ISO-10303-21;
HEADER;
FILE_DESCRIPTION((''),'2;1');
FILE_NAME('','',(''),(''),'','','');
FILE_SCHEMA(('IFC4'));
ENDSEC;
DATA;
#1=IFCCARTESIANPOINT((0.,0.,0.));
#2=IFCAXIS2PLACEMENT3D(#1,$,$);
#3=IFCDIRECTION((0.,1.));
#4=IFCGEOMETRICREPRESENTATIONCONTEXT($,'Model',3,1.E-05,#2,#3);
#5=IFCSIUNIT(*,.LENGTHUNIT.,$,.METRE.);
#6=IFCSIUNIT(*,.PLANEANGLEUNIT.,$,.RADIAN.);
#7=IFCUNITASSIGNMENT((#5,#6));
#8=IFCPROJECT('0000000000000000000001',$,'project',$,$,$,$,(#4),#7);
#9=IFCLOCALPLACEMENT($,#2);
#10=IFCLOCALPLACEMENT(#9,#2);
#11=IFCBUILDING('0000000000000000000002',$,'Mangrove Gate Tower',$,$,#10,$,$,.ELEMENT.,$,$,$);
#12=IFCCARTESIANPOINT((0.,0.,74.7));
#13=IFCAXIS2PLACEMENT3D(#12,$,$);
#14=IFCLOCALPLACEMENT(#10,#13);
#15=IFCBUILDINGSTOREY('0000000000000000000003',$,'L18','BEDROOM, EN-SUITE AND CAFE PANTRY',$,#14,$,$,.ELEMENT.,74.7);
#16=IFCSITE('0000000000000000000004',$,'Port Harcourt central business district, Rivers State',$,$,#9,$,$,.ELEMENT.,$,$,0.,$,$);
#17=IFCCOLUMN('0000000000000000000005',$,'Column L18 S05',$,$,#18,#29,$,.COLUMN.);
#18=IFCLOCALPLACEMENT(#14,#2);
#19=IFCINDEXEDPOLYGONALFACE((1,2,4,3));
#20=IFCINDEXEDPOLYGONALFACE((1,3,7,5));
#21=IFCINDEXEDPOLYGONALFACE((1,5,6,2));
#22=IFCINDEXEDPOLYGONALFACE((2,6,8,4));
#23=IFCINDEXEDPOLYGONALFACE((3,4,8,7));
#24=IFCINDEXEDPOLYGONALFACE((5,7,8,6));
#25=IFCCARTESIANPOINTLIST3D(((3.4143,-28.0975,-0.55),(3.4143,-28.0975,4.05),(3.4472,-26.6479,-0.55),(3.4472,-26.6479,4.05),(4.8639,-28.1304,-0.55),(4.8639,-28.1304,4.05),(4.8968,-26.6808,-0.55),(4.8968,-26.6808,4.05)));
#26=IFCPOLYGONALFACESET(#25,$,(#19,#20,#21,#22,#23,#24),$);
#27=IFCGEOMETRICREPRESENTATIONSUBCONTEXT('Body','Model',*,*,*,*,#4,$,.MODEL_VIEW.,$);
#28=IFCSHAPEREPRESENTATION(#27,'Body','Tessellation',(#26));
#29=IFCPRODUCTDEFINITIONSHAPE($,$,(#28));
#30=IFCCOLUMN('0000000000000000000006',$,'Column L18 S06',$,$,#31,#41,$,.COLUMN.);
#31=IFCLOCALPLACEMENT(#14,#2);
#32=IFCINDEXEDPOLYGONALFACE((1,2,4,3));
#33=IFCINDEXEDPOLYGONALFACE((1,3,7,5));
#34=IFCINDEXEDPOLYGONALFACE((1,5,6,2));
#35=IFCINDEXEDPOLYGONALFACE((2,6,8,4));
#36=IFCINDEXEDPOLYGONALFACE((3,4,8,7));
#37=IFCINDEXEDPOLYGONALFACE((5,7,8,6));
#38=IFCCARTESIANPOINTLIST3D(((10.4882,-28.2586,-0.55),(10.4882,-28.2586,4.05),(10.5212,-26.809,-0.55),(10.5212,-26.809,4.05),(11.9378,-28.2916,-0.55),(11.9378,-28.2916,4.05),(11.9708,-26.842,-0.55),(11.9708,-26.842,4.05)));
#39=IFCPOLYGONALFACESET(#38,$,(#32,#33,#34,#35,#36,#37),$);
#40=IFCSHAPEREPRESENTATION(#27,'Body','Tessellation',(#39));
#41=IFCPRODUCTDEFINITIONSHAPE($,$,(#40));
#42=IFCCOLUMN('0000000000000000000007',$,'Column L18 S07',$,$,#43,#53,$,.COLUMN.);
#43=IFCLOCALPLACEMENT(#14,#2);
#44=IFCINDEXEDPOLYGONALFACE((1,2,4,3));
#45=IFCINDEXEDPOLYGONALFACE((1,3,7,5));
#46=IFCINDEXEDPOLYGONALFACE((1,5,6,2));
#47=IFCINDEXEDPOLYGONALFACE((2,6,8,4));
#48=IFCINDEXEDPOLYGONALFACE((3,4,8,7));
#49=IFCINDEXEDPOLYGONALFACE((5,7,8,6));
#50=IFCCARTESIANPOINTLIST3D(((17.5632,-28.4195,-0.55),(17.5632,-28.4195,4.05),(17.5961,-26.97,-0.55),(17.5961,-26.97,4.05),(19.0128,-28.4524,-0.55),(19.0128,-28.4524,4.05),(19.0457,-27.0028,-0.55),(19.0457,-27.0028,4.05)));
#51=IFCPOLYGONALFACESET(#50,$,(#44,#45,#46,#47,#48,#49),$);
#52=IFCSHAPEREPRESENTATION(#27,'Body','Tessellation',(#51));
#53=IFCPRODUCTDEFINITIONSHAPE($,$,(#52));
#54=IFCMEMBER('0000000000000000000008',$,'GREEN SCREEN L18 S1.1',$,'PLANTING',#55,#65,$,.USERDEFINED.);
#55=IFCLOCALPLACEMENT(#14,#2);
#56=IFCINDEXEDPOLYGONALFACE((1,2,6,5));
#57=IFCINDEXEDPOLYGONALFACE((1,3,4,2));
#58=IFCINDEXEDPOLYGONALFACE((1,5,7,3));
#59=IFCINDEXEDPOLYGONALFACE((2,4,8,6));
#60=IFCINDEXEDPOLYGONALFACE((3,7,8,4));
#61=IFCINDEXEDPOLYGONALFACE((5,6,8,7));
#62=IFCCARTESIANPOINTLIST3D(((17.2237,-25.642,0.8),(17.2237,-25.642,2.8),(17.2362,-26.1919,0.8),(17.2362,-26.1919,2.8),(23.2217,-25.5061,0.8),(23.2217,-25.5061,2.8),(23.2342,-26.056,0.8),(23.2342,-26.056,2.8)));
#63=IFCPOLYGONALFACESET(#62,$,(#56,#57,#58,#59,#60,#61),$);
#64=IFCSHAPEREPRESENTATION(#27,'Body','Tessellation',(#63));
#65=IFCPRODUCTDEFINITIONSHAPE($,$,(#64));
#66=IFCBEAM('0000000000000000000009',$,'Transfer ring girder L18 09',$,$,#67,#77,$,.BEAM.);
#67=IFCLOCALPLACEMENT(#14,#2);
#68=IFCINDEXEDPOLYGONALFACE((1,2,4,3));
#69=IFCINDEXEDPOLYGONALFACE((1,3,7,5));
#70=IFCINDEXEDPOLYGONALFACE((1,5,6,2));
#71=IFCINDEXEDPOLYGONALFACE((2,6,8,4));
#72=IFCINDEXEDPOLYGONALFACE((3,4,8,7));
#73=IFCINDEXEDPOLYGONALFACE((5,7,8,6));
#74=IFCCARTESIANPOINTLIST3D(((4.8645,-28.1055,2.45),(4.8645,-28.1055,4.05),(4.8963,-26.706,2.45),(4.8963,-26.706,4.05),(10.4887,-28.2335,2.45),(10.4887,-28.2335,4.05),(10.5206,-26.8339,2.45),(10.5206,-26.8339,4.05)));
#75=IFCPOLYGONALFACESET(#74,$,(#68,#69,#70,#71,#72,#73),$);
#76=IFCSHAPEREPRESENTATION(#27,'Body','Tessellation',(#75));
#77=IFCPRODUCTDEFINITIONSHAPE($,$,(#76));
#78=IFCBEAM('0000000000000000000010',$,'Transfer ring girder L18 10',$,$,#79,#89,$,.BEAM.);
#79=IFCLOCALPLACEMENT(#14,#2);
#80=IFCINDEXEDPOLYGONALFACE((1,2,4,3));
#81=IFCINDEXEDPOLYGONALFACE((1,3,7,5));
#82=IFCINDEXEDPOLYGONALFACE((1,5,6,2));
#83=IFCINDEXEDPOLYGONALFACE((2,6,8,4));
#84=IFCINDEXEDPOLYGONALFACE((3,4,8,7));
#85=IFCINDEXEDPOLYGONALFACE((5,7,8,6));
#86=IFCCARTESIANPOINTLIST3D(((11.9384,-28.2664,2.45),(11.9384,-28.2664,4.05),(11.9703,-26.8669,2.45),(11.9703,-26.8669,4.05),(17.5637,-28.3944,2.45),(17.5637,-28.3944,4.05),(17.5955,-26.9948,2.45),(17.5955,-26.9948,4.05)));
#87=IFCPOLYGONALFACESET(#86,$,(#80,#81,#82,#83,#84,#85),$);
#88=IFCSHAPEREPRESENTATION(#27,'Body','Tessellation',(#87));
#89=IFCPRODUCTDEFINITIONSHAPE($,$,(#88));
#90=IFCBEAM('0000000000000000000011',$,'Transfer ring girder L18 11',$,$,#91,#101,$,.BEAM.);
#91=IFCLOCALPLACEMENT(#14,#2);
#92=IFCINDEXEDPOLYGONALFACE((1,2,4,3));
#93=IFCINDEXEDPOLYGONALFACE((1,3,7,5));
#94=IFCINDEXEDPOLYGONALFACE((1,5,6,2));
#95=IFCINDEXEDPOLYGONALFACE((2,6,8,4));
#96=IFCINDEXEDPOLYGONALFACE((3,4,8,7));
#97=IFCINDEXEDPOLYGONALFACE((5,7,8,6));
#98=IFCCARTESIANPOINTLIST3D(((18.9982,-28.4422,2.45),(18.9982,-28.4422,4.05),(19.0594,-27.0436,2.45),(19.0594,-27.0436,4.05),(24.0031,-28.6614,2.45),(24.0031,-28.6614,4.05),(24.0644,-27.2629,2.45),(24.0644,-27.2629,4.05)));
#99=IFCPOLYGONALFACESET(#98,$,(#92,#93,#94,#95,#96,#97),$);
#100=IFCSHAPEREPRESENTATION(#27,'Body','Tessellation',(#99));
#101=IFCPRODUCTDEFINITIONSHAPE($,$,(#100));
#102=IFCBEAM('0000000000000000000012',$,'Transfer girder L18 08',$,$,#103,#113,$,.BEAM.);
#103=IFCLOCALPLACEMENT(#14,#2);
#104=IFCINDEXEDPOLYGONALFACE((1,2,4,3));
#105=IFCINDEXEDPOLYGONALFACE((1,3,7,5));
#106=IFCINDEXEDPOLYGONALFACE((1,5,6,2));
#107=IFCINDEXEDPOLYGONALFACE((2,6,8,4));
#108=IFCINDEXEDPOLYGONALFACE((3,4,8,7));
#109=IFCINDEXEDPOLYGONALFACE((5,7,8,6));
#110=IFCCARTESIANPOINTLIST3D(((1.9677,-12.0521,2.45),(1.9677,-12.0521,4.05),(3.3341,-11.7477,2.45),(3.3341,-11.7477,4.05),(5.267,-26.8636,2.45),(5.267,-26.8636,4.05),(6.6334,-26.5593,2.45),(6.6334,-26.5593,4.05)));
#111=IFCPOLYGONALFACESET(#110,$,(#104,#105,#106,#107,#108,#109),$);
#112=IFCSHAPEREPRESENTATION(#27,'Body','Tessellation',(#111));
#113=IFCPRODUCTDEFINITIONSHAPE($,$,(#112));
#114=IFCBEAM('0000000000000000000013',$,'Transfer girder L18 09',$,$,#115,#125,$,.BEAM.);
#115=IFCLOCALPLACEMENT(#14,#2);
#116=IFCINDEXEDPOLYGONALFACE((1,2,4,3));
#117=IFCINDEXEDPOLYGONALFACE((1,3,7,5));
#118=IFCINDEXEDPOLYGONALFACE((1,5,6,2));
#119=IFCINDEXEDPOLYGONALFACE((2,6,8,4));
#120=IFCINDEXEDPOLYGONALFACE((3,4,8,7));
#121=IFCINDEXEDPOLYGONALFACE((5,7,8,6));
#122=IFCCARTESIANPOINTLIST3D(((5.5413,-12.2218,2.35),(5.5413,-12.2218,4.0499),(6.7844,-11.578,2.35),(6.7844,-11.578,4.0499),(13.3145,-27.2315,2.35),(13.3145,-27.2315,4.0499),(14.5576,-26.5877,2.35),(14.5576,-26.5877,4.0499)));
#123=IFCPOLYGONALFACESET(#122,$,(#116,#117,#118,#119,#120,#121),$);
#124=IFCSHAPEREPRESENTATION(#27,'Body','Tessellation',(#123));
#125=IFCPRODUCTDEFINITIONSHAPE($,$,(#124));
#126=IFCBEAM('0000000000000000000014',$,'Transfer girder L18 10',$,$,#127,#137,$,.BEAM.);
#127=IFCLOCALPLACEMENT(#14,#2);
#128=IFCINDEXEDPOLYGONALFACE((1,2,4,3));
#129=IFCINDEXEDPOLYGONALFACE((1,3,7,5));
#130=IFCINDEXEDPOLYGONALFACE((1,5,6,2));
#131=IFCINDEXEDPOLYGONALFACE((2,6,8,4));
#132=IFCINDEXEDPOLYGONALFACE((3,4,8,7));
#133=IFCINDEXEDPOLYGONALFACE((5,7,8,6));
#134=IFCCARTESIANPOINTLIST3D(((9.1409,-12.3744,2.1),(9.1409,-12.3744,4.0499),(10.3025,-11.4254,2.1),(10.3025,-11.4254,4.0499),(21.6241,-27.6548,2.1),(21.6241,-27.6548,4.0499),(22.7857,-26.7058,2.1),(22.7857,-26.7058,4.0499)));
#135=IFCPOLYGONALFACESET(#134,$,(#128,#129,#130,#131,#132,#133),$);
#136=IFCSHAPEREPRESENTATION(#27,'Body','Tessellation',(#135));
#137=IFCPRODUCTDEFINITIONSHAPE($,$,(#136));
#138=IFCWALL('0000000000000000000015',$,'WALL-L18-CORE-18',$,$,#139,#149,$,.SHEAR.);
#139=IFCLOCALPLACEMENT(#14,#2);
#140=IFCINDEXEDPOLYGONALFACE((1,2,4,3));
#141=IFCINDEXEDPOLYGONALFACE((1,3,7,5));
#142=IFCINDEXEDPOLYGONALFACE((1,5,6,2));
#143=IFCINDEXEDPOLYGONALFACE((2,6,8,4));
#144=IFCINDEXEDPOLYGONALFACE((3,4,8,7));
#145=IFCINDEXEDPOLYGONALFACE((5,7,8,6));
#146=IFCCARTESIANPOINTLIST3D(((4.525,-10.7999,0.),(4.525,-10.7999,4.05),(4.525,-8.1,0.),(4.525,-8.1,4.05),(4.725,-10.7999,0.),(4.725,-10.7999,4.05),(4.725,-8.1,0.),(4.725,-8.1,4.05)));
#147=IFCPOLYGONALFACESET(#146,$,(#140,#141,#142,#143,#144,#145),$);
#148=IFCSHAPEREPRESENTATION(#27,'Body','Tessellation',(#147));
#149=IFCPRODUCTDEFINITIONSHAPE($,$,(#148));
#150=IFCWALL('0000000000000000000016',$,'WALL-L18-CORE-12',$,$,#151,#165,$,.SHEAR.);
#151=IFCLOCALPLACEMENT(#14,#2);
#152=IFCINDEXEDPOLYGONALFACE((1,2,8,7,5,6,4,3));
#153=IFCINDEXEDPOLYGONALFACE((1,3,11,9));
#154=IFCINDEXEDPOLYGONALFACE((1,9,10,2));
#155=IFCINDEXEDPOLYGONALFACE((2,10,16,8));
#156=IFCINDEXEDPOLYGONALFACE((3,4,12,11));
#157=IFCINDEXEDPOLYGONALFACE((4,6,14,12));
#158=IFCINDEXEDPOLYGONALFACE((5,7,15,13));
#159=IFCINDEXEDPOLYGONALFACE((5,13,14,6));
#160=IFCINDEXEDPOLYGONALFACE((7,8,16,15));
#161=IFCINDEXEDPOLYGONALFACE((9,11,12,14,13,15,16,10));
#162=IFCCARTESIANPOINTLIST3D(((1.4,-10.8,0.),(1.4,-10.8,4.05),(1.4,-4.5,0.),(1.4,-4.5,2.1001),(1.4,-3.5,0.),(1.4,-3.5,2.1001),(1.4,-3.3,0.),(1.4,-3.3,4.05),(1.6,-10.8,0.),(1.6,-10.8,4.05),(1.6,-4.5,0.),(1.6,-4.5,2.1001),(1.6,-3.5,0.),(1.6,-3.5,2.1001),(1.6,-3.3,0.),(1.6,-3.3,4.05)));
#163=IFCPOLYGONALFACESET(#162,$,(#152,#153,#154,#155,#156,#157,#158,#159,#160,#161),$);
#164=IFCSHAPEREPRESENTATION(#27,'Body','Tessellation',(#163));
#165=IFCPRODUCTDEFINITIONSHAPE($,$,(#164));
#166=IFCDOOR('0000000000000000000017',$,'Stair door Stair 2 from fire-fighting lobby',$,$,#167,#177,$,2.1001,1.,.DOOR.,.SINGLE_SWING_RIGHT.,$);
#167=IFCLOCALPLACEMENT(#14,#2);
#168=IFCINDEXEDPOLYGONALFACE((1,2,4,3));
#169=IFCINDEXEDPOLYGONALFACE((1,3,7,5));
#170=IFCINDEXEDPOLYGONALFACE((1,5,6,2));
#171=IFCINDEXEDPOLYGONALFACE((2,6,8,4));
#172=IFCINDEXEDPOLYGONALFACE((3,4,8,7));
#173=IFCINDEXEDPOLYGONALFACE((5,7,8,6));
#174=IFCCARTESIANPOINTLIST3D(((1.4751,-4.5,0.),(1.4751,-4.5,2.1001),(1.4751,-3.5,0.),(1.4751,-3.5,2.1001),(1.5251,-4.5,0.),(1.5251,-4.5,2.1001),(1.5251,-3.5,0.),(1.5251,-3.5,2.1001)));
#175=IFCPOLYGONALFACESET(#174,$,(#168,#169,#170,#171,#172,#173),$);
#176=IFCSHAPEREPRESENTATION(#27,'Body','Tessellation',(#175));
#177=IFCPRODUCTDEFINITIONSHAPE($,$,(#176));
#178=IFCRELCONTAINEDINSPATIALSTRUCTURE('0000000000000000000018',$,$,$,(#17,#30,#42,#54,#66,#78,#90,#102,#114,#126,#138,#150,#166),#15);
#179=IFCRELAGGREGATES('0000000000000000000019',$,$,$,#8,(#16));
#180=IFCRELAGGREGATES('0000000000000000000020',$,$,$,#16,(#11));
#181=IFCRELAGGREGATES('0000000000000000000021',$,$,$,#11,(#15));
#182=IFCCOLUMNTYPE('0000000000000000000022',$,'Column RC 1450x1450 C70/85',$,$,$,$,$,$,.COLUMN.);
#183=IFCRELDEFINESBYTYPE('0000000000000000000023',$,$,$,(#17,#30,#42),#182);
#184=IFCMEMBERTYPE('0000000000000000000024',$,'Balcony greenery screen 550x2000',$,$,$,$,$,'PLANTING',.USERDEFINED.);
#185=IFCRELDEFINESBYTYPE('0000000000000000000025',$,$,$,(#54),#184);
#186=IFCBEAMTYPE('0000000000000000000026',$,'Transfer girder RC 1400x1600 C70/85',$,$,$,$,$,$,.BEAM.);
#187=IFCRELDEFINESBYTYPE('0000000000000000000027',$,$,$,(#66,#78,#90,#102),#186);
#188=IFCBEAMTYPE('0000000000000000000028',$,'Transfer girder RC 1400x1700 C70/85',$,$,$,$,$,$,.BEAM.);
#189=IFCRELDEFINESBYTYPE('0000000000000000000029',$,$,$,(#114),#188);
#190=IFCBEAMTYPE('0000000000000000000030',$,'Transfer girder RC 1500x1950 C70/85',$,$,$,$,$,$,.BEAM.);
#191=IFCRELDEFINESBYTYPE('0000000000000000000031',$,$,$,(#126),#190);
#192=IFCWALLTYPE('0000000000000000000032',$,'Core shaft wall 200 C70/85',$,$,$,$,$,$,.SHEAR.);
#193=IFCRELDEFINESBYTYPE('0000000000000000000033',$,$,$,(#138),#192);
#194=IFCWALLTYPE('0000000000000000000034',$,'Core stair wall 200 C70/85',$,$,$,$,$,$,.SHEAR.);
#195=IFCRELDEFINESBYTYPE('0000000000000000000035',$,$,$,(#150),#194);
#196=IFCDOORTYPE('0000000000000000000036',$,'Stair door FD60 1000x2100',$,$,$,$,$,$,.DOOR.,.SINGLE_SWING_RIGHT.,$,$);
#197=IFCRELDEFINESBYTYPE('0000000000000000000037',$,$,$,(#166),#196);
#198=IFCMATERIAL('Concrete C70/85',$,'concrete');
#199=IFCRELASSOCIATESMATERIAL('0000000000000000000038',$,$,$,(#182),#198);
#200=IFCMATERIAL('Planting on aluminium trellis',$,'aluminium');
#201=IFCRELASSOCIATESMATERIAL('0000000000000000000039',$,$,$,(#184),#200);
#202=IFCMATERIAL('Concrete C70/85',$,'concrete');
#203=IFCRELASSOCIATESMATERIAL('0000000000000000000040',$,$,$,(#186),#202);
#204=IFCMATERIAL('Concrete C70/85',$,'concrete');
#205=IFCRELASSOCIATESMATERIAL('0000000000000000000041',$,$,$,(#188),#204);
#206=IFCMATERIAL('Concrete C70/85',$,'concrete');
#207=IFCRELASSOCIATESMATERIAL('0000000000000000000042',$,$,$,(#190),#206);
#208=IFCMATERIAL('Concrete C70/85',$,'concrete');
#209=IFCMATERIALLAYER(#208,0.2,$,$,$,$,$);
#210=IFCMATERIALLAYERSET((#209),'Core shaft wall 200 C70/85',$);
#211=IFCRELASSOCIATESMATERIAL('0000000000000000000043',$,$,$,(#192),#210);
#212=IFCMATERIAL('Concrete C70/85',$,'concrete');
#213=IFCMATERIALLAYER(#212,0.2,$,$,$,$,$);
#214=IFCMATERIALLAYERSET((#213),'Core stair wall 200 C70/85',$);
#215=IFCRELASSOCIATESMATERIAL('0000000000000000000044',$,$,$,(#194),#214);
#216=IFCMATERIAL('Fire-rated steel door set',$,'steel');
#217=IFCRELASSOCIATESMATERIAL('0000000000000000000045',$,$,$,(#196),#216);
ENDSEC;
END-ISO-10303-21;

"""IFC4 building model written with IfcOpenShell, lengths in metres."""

from ifc_helpers import new_model, si_unit, direction, frame, frame_2d, origin, origin_2d, place, context, subcontext, project, spatial, rectangle, extrude, material, layer, layer_set, material_profile, profile_set, type_object, element, fill, save


model = new_model("IFC4")

# Units and contexts
model_context = context("Model", 3, precision=1e-05, world=origin(), true_north=direction((0.0, 1.0)))
body_context = subcontext(model_context, "Body", "Model", "MODEL_VIEW")
ifc_project = project(units=[si_unit("LENGTHUNIT", "METRE"), si_unit("PLANEANGLEUNIT", "RADIAN")], contexts=[model_context])

# Site, building, storey
site_placement = place(None, origin())
site = spatial("IfcSite", under=ifc_project, at=site_placement, Name="Port Harcourt central business district, Rivers State", CompositionType="ELEMENT", RefElevation=0.0)
building_placement = place(site_placement, origin())
building = spatial("IfcBuilding", under=site, at=building_placement, Name="Mangrove Gate Tower", CompositionType="ELEMENT")
storey_placement = place(building_placement, frame((0.0, 0.0, 74.7)))
storey = spatial("IfcBuildingStorey", under=building, at=storey_placement, Name="L18", Description="BEDROOM, EN-SUITE AND CAFE PANTRY", CompositionType="ELEMENT", Elevation=74.7)

# Columns
ifc_material_1 = material(Name="Concrete C70/85", Category="concrete")
ifc_material_profile_1 = material_profile(ifc_material_1, rectangle(XDim=1.45, YDim=1.45, at=origin_2d()))
ifc_profile_set_1 = profile_set([ifc_material_profile_1], Name="Concrete C70/85")
column_type = type_object("IfcColumnType", Name="Column RC 1450x1450 C70/85", PredefinedType="COLUMN", material=ifc_profile_set_1)
for number, where, z_axis, x_axis, name in (
    (1, (4.1555, -27.3892, -0.55), (0.0, 0.0, 1.0), (0.999743, -0.022681, 0.0), "Column L18 S05"),
    (2, (11.2295, -27.5503, -0.55), (0.0, 0.0, 1.0), (0.999741, -0.022752, 0.0), "Column L18 S06"),
    (3, (18.3044, -27.7112, -0.55), (0.0, 0.0, 1.0), (0.999743, -0.02268, 0.0), "Column L18 S07"),
):
    element("IfcColumn", number, at=place(storey_placement, frame(where, z_axis=z_axis, x_axis=x_axis)), inside=storey, type_object=column_type, Name=name, PredefinedType="COLUMN", context=body_context, shape_type="SweptSolid", body=[
        extrude(rectangle(XDim=1.45, YDim=1.45, at=origin_2d()), origin(), (0.0, 0.0, 1.0), 4.6001),
    ])

# Member
ifc_material_2 = material(Name="Planting on aluminium trellis", Category="aluminium")
ifc_material_profile_2 = material_profile(ifc_material_2, rectangle(XDim=0.55, YDim=2.0, at=origin_2d()))
ifc_profile_set_2 = profile_set([ifc_material_profile_2], Name="Planting on aluminium trellis")
member_type = type_object("IfcMemberType", Name="Balcony greenery screen 550x2000", ElementType="PLANTING", PredefinedType="USERDEFINED", material=ifc_profile_set_2)
member_placement = place(storey_placement, frame((17.23, -25.917, 1.8), z_axis=(0.999743, 0.022666, 0.0), x_axis=(-0.022666, 0.999743, 0.0)))
element("IfcMember", 4, at=member_placement, inside=storey, type_object=member_type, Name="GREEN SCREEN L18 S1.1", ObjectType="PLANTING", PredefinedType="USERDEFINED", context=body_context, shape_type="SweptSolid", body=[
    extrude(rectangle(XDim=0.55, YDim=2.0, at=origin_2d()), origin(), (0.0, 0.0, 1.0), 5.9995),
])

# Beams
ifc_material_3 = material(Name="Concrete C70/85", Category="concrete")
ifc_material_profile_3 = material_profile(ifc_material_3, rectangle(XDim=1.3999, YDim=1.6001, at=origin_2d()))
ifc_profile_set_3 = profile_set([ifc_material_profile_3], Name="Concrete C70/85")
beam_type_1 = type_object("IfcBeamType", Name="Transfer girder RC 1400x1600 C70/85", PredefinedType="BEAM", material=ifc_profile_set_3)
beam_1_placement = place(storey_placement, frame((4.8804, -27.4058, 3.25), z_axis=(0.999741, -0.02274, 0.0), x_axis=(0.02274, 0.999741, 0.0)))
element("IfcBeam", 5, at=beam_1_placement, inside=storey, type_object=beam_type_1, Name="Transfer ring girder L18 09", PredefinedType="BEAM", context=body_context, shape_type="SweptSolid", body=[
    extrude(rectangle(XDim=1.3999, YDim=1.6001, at=origin_2d()), origin(), (0.0, 0.0, 1.0), 5.6257),
])
beam_2_placement = place(storey_placement, frame((11.9543, -27.5667, 3.25), z_axis=(0.999741, -0.022736, 0.0), x_axis=(0.022736, 0.999741, 0.0)))
element("IfcBeam", 6, at=beam_2_placement, inside=storey, type_object=beam_type_1, Name="Transfer ring girder L18 10", PredefinedType="BEAM", context=body_context, shape_type="SweptSolid", body=[
    extrude(rectangle(XDim=1.3999, YDim=1.6001, at=origin_2d()), origin(), (0.0, 0.0, 1.0), 5.6267),
])
beam_3_placement = place(storey_placement, frame((19.0288, -27.7429, 3.25), z_axis=(0.999042, -0.043763, 0.0), x_axis=(0.043763, 0.999042, 0.0)))
element("IfcBeam", 7, at=beam_3_placement, inside=storey, type_object=beam_type_1, Name="Transfer ring girder L18 11", PredefinedType="BEAM", context=body_context, shape_type="SweptSolid", body=[
    extrude(rectangle(XDim=1.3999, YDim=1.6001, at=origin_2d()), origin(), (0.0, 0.0, 1.0), 5.0098),
])
beam_4_placement = place(storey_placement, frame((2.6509, -11.8999, 3.25), z_axis=(0.217424, -0.976077, 0.0), x_axis=(0.976077, 0.217424, 0.0)))
element("IfcBeam", 8, at=beam_4_placement, inside=storey, type_object=beam_type_1, Name="Transfer girder L18 08", PredefinedType="BEAM", context=body_context, shape_type="SweptSolid", body=[
    extrude(rectangle(XDim=1.3999, YDim=1.6001, at=origin_2d()), origin(), (0.0, 0.0, 1.0), 15.1746),
])
ifc_material_4 = material(Name="Concrete C70/85", Category="concrete")
ifc_material_profile_4 = material_profile(ifc_material_4, rectangle(XDim=1.3999, YDim=1.7, at=origin_2d()))
ifc_profile_set_4 = profile_set([ifc_material_profile_4], Name="Concrete C70/85")
beam_type_2 = type_object("IfcBeamType", Name="Transfer girder RC 1400x1700 C70/85", PredefinedType="BEAM", material=ifc_profile_set_4)
beam_5_placement = place(storey_placement, frame((6.1628, -11.8999, 3.2), z_axis=(0.459867, -0.887988, 0.0), x_axis=(0.887988, 0.459867, 0.0)))
element("IfcBeam", 9, at=beam_5_placement, inside=storey, type_object=beam_type_2, Name="Transfer girder L18 09", PredefinedType="BEAM", context=body_context, shape_type="SweptSolid", body=[
    extrude(rectangle(XDim=1.3999, YDim=1.7, at=origin_2d()), origin(), (0.0, 0.0, 1.0), 16.9031),
])
ifc_material_5 = material(Name="Concrete C70/85", Category="concrete")
ifc_material_profile_5 = material_profile(ifc_material_5, rectangle(XDim=1.5, YDim=1.95, at=origin_2d()))
ifc_profile_set_5 = profile_set([ifc_material_profile_5], Name="Concrete C70/85")
beam_type_3 = type_object("IfcBeamType", Name="Transfer girder RC 1500x1950 C70/85", PredefinedType="BEAM", material=ifc_profile_set_5)
beam_6_placement = place(storey_placement, frame((9.7217, -11.8999, 3.075), z_axis=(0.632664, -0.774426, 0.0), x_axis=(0.774426, 0.632664, 0.0)))
element("IfcBeam", 10, at=beam_6_placement, inside=storey, type_object=beam_type_3, Name="Transfer girder L18 10", PredefinedType="BEAM", context=body_context, shape_type="SweptSolid", body=[
    extrude(rectangle(XDim=1.5, YDim=1.95, at=origin_2d()), origin(), (0.0, 0.0, 1.0), 19.7312),
])

# Wall
ifc_material_6 = material(Name="Concrete C70/85", Category="concrete")
ifc_layer_1 = layer(ifc_material_6, 0.2)
ifc_layer_set_1 = layer_set([ifc_layer_1], Name="Core shaft wall 200 C70/85")
wall_type_1 = type_object("IfcWallType", Name="Core shaft wall 200 C70/85", PredefinedType="SHEAR", material=ifc_layer_set_1)
wall_1_placement = place(storey_placement, frame((4.625, -10.8, 0.0), z_axis=(0.0, 0.0, 1.0), x_axis=(0.0, 1.0, 0.0)))
element("IfcWall", 11, at=wall_1_placement, inside=storey, type_object=wall_type_1, Name="WALL-L18-CORE-18", PredefinedType="SHEAR", context=body_context, shape_type="SweptSolid", body=[
    extrude(rectangle(XDim=2.7, YDim=0.2, at=frame_2d((1.3501, 0.0))), origin(), (0.0, 0.0, 1.0), 4.05),
])

# Wall, opening, door
ifc_material_7 = material(Name="Concrete C70/85", Category="concrete")
ifc_layer_2 = layer(ifc_material_7, 0.2)
ifc_layer_set_2 = layer_set([ifc_layer_2], Name="Core stair wall 200 C70/85")
wall_type_2 = type_object("IfcWallType", Name="Core stair wall 200 C70/85", PredefinedType="SHEAR", material=ifc_layer_set_2)
wall_2_placement = place(storey_placement, frame((1.5, -10.8, 0.0), z_axis=(0.0, 0.0, 1.0), x_axis=(0.0, 1.0, 0.0)))
wall_2 = element("IfcWall", 12, at=wall_2_placement, inside=storey, type_object=wall_type_2, Name="WALL-L18-CORE-12", PredefinedType="SHEAR", context=body_context, shape_type="SweptSolid", body=[
    extrude(rectangle(XDim=7.5, YDim=0.2, at=frame_2d((3.75, 0.0))), origin(), (0.0, 0.0, 1.0), 4.05),
])
opening_1_placement = place(wall_2_placement, frame((6.3, 0.0, 0.0)))
opening_1 = element("IfcOpeningElement", 13, at=opening_1_placement, cuts=wall_2, PredefinedType="OPENING", context=body_context, shape_type="SweptSolid", body=[
    extrude(rectangle(XDim=1.0, YDim=2.1001, at=frame_2d((0.5, 1.05))), frame((0.0, 0.1099, 0.0), z_axis=(0.0, -1.0, 0.0), x_axis=(1.0, 0.0, 0.0)), (0.0, 0.0, 1.0), 0.22),
])
ifc_material_8 = material(Name="Fire-rated steel door set", Category="steel")
door_type_1 = type_object("IfcDoorType", Name="Stair door FD60 1000x2100", OperationType="SINGLE_SWING_RIGHT", PredefinedType="DOOR", material=ifc_material_8)
door_1_placement = place(opening_1_placement, origin())
door_1 = element("IfcDoor", 14, at=door_1_placement, inside=storey, type_object=door_type_1, Name="Stair door Stair 2 from fire-fighting lobby", OperationType="SINGLE_SWING_RIGHT", OverallHeight=2.1001, OverallWidth=1.0, PredefinedType="DOOR", context=body_context, shape_type="SweptSolid", body=[
    extrude(rectangle(XDim=1.0, YDim=2.1001, at=frame_2d((0.5, 1.05))), frame((0.0, 0.0249, 0.0), z_axis=(0.0, -1.0, 0.0), x_axis=(1.0, 0.0, 0.0)), (0.0, 0.0, 1.0), 0.05),
])
fill(opening_1, door_1)

save(model, "model.ifc")
